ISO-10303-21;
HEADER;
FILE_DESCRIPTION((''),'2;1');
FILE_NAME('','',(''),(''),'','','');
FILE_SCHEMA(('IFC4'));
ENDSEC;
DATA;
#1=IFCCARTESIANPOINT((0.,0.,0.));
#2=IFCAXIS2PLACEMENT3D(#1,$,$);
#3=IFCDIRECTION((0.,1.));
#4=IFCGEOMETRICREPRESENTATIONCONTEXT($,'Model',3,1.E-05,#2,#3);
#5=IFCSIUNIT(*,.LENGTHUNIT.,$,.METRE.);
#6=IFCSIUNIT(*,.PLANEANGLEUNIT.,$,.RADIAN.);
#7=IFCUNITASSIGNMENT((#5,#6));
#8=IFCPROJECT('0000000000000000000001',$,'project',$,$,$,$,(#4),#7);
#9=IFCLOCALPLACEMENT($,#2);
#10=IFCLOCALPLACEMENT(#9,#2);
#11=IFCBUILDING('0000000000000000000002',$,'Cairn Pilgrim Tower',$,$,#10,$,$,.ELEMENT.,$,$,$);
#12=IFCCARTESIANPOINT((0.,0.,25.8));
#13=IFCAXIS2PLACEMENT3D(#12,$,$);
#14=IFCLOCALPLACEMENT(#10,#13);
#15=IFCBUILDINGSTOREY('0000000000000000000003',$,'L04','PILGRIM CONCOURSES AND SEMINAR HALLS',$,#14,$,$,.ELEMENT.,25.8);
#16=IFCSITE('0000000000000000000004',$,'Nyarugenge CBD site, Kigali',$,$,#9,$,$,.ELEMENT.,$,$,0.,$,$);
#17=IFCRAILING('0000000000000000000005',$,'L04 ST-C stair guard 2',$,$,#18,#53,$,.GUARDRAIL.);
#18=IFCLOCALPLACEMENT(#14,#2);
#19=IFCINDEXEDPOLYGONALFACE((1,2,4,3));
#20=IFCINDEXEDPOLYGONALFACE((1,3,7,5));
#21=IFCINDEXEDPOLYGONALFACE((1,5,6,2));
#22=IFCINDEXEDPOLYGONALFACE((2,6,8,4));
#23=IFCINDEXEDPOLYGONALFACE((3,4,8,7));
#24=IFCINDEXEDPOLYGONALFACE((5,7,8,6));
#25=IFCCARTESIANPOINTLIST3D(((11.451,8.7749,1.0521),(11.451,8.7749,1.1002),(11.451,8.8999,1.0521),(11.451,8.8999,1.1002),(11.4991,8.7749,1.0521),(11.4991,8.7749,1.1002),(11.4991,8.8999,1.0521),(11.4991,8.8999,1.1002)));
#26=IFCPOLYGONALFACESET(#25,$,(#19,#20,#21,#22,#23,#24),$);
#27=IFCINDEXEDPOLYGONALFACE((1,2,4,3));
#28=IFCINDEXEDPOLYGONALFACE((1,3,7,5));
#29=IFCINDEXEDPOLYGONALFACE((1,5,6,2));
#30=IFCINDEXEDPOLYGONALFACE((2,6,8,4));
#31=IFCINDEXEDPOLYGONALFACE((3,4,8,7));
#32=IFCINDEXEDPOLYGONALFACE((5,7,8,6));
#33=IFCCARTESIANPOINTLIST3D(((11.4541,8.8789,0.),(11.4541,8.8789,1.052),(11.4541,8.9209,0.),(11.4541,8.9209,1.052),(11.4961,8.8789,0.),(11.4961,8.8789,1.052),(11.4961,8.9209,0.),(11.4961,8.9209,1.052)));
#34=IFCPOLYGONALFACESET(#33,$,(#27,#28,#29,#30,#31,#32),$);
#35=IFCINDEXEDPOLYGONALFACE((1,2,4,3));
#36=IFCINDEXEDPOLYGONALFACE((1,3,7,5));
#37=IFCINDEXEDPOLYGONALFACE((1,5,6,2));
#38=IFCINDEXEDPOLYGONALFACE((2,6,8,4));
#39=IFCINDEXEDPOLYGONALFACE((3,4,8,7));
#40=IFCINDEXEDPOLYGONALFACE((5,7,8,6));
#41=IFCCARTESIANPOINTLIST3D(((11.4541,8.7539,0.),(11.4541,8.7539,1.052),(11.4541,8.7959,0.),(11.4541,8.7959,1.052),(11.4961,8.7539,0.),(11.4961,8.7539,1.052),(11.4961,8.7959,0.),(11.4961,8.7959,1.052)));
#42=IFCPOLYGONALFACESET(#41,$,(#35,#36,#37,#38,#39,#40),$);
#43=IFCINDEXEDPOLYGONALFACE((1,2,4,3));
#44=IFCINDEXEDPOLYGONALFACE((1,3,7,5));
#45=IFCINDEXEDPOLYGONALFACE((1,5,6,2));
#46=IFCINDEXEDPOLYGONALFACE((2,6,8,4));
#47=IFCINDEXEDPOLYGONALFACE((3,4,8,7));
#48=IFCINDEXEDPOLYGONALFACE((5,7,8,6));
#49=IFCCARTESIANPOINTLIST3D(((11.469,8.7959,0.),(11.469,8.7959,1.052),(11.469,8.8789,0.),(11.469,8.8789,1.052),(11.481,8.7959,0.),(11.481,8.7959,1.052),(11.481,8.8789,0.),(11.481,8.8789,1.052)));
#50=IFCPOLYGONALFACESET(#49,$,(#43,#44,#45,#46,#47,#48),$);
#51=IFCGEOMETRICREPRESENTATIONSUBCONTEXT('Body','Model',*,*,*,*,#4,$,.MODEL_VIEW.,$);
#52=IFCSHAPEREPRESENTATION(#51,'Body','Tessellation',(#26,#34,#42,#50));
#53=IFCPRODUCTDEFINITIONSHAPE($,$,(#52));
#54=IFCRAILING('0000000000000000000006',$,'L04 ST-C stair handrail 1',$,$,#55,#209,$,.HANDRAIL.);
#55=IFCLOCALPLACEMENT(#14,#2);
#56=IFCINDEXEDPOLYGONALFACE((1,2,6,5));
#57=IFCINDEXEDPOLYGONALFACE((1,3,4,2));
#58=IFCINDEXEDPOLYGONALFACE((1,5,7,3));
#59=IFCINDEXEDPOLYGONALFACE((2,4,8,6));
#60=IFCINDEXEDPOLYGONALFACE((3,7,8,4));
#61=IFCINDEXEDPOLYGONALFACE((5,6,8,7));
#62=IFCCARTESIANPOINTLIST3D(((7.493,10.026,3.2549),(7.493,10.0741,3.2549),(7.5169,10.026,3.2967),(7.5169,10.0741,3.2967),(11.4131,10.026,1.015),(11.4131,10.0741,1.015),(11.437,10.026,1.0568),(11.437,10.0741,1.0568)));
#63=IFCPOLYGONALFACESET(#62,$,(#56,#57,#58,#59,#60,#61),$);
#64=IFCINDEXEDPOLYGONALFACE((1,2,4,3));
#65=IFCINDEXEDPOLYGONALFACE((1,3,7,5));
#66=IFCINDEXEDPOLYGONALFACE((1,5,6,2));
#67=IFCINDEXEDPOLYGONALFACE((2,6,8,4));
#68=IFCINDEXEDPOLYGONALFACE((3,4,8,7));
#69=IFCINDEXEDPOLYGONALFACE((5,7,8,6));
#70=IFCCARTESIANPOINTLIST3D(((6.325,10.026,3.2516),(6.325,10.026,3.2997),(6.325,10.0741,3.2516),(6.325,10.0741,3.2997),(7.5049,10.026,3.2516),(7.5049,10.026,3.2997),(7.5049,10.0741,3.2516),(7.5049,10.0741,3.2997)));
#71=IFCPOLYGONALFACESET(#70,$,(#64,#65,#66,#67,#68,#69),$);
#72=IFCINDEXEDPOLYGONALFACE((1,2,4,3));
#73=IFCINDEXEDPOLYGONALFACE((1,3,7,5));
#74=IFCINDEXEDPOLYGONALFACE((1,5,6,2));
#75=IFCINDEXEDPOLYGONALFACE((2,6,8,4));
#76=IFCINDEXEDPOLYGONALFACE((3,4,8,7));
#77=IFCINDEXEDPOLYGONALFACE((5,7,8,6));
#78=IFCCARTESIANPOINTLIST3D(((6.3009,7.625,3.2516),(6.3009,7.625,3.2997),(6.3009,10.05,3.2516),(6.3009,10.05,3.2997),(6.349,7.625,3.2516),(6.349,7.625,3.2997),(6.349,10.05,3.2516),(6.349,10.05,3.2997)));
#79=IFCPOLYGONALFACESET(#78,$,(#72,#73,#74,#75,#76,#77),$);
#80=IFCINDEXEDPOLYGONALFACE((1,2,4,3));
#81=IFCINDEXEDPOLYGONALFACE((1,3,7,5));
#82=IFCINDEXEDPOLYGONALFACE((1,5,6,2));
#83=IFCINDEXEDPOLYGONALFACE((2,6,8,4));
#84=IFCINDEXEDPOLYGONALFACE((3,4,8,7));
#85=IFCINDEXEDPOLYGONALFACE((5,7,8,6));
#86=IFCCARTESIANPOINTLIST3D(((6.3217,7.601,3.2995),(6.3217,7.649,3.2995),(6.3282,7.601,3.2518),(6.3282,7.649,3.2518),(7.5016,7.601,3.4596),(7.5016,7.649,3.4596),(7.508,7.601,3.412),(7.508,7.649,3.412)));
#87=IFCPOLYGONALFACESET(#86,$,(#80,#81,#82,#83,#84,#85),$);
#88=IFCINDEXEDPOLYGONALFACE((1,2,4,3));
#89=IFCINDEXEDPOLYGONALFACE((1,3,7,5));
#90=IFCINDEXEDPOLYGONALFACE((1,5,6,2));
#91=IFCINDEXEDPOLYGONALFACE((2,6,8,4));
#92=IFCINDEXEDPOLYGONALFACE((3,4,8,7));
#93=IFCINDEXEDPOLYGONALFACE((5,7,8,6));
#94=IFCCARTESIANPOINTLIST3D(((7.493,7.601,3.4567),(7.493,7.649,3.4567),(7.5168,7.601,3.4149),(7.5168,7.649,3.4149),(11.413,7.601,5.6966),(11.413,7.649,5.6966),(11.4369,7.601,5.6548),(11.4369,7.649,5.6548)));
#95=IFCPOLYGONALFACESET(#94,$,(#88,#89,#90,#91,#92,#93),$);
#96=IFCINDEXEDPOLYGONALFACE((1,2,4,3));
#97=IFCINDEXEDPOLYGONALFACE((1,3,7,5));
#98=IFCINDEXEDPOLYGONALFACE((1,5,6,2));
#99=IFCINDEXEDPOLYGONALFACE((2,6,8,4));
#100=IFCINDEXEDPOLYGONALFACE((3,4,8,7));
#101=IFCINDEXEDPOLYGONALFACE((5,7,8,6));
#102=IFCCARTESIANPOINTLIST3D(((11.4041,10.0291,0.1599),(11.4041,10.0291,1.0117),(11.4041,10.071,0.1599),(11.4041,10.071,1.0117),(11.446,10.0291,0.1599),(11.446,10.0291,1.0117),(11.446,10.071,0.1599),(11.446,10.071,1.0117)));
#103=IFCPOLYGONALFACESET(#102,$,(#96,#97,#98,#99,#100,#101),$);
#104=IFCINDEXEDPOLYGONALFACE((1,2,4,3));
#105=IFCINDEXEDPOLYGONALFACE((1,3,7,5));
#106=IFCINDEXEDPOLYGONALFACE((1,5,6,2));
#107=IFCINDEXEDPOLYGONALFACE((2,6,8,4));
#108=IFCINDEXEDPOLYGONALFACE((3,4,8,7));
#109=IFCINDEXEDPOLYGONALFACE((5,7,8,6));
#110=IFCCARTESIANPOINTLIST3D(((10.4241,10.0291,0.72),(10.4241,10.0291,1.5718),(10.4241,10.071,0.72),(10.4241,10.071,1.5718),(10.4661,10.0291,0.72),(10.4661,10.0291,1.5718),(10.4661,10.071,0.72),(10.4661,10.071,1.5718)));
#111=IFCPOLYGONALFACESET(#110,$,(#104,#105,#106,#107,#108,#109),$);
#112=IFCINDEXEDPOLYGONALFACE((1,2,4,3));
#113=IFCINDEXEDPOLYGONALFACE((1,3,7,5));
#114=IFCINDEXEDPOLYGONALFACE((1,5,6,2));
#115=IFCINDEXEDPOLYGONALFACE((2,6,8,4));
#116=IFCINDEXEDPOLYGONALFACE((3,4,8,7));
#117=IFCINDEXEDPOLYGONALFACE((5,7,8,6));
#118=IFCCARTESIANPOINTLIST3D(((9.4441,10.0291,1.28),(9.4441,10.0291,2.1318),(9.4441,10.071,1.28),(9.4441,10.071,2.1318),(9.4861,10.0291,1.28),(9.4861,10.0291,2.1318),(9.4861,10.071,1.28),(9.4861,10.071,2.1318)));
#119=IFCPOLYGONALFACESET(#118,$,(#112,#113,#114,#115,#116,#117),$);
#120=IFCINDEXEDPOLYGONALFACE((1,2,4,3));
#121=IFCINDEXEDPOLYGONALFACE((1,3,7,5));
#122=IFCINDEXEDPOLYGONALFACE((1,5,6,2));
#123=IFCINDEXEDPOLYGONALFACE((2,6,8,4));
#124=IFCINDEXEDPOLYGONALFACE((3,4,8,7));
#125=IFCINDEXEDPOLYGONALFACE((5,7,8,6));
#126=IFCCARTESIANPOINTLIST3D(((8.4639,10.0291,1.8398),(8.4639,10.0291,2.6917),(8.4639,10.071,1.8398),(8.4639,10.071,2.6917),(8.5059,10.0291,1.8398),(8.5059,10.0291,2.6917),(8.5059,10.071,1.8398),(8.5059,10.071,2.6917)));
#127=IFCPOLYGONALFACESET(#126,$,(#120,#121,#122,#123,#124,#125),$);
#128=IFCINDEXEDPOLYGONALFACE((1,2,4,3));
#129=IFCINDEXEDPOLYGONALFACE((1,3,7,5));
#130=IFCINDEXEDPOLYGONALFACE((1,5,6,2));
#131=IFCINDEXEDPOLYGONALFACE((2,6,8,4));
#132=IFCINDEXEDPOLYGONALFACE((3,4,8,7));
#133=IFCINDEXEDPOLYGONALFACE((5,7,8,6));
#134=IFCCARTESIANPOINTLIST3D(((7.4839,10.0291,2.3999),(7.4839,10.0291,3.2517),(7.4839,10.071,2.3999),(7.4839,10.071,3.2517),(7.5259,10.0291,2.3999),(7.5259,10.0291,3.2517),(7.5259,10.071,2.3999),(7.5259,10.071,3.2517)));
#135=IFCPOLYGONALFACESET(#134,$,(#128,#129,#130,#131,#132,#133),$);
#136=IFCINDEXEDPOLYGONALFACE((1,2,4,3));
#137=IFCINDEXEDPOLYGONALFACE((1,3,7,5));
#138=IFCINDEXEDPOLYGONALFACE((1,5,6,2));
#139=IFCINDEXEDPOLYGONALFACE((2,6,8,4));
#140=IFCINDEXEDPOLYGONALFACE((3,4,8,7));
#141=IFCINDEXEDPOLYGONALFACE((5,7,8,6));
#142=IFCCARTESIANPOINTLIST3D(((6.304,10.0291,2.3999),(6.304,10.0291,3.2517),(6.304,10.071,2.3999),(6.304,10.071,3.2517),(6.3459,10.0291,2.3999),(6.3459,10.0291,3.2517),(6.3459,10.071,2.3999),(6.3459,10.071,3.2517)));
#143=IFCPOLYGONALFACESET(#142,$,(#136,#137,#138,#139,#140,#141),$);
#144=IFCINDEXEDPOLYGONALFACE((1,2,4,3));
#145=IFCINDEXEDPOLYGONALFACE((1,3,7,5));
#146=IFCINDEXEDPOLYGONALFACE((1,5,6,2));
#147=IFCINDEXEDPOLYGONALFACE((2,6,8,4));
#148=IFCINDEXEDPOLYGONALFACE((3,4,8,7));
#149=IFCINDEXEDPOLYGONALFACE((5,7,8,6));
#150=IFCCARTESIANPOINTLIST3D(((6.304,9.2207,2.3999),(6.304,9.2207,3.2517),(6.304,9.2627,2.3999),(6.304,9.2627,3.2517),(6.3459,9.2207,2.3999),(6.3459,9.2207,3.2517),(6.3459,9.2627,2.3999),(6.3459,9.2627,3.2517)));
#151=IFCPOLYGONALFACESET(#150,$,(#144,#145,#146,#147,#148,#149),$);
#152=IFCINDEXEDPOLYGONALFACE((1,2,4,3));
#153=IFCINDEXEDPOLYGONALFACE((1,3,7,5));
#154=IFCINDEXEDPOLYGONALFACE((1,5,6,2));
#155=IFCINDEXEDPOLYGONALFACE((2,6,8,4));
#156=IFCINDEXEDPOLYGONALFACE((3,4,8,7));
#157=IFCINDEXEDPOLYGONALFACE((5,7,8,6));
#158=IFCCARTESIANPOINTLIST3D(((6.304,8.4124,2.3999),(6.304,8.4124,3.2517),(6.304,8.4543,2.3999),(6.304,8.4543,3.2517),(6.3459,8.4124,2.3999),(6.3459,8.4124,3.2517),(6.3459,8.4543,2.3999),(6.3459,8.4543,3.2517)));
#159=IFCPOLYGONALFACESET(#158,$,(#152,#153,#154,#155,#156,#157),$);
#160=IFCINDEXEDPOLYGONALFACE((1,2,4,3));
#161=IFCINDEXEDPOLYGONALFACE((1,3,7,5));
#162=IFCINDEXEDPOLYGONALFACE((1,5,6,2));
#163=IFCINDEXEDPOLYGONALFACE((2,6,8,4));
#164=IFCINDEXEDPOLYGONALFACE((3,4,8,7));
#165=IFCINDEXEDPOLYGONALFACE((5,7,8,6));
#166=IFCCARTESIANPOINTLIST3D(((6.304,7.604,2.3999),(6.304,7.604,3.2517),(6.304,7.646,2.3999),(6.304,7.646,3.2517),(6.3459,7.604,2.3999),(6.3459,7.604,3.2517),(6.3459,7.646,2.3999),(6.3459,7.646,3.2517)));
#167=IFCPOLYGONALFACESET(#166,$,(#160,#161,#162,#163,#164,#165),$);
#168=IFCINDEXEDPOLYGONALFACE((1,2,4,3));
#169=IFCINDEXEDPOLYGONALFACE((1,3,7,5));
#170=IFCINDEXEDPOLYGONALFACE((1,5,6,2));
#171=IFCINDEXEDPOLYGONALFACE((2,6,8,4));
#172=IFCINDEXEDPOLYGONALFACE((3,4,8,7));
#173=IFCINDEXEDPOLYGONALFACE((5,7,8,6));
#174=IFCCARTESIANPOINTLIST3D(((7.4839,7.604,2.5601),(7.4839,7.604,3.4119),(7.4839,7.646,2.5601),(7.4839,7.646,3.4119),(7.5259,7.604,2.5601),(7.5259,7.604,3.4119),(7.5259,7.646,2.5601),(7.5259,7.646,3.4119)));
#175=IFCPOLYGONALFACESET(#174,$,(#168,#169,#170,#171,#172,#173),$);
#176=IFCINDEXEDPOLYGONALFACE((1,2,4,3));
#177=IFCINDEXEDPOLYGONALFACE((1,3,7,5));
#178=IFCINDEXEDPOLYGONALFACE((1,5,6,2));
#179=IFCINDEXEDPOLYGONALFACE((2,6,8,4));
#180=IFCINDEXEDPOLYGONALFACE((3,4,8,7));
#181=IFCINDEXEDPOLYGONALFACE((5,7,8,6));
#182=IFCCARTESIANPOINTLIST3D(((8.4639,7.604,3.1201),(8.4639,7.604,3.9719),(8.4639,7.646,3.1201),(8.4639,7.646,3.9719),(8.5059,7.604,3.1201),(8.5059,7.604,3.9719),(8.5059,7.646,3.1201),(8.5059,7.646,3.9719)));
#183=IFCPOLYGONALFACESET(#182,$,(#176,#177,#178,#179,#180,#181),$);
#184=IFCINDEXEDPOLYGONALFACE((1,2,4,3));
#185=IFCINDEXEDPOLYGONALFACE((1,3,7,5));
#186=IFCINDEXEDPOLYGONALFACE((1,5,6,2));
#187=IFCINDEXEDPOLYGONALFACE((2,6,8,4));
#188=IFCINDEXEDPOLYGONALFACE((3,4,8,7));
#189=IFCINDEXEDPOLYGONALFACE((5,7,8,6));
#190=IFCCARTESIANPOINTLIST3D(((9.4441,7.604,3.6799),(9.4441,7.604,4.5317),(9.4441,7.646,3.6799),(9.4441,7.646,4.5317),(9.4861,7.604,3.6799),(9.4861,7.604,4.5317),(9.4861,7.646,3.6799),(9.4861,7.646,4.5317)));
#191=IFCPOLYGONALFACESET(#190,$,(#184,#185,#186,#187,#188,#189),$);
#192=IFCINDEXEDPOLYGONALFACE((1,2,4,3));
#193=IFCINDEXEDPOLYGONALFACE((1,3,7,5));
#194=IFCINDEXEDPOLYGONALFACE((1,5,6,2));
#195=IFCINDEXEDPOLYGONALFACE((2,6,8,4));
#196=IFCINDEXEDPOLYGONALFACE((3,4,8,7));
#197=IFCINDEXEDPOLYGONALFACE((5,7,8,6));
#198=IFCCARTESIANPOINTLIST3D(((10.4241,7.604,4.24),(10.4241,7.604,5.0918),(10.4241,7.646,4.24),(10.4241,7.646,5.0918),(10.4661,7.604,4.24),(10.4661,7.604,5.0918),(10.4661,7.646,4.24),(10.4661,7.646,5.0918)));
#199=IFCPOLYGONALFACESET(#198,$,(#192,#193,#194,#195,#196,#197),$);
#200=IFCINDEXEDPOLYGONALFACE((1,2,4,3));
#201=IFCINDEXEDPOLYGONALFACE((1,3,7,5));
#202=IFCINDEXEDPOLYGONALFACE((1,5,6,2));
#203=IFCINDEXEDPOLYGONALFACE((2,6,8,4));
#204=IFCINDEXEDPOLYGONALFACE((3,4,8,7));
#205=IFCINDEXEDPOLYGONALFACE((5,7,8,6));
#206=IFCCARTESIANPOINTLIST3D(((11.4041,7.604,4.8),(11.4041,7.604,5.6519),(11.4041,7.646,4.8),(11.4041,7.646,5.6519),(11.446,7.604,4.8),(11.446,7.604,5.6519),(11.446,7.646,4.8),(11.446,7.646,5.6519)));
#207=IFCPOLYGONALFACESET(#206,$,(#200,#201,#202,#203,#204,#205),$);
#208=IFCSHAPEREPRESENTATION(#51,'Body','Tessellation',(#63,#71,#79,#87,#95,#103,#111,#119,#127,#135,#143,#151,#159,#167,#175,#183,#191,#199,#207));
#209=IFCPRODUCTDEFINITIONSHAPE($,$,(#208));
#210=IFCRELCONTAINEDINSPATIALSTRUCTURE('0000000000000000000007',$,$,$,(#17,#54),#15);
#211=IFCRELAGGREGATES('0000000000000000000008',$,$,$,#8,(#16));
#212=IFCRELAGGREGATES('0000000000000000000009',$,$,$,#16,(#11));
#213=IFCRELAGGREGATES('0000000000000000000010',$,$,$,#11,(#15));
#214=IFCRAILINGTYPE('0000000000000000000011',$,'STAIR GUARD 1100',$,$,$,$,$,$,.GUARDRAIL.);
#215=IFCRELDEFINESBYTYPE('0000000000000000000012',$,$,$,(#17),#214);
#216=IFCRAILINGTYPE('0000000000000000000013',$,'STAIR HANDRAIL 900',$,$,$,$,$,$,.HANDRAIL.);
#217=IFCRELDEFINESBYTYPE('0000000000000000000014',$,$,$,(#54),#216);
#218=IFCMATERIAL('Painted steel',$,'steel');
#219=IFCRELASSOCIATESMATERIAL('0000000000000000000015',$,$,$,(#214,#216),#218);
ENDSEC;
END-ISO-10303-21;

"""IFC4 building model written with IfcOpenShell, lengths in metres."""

from ifc_helpers import new_model, si_unit, direction, frame, origin, origin_2d, place, context, subcontext, project, spatial, polyline, rectangle, outline, extrude, material, type_object, element, save


model = new_model("IFC4")

# Units and contexts
model_context = context("Model", 3, precision=1e-05, world=origin(), true_north=direction((0.0, 1.0)))
body_context = subcontext(model_context, "Body", "Model", "MODEL_VIEW")
ifc_project = project(units=[si_unit("LENGTHUNIT", "METRE"), si_unit("PLANEANGLEUNIT", "RADIAN")], contexts=[model_context])

# Site, building, storey
site_placement = place(None, origin())
site = spatial("IfcSite", under=ifc_project, at=site_placement, Name="Nyarugenge CBD site, Kigali", CompositionType="ELEMENT", RefElevation=0.0)
building_placement = place(site_placement, origin())
building = spatial("IfcBuilding", under=site, at=building_placement, Name="Cairn Pilgrim Tower", CompositionType="ELEMENT")
storey_placement = place(building_placement, frame((0.0, 0.0, 25.8)))
storey = spatial("IfcBuildingStorey", under=building, at=storey_placement, Name="L04", Description="PILGRIM CONCOURSES AND SEMINAR HALLS", CompositionType="ELEMENT", Elevation=25.8)

# Shared definitions
ifc_material_1 = material(Name="Painted steel", Category="steel")

# Railings
railing_type_1 = type_object("IfcRailingType", Name="STAIR GUARD 1100", PredefinedType="GUARDRAIL", material=ifc_material_1)
railing_1_placement = place(storey_placement, frame((11.4751, 8.8999, 0.0)))
element("IfcRailing", 1, at=railing_1_placement, inside=storey, type_object=railing_type_1, Name="L04 ST-C stair guard 2", PredefinedType="GUARDRAIL", context=body_context, shape_type="SweptSolid", body=[
    extrude(rectangle(XDim=0.0481, YDim=0.0481, at=origin_2d()), frame((0.0, 0.0, 1.0762), z_axis=(0.0, -1.0, 0.0), x_axis=(1.0, 0.0, 0.0)), (0.0, 0.0, 1.0), 0.125),
    extrude(rectangle(XDim=0.042, YDim=0.042, at=origin_2d()), origin(), (0.0, 0.0, 1.0), 1.052),
    extrude(rectangle(XDim=0.042, YDim=0.042, at=origin_2d()), frame((0.0, -0.125, 0.0)), (0.0, 0.0, 1.0), 1.052),
    extrude(outline(polyline([(0.021, 0.0), (0.104, 0.0), (0.104, 1.052), (0.021, 1.052), (0.021, 0.0)])), frame((0.0059, 0.0, 0.0), z_axis=(-1.0, 0.0, 0.0), x_axis=(0.0, -1.0, 0.0)), (0.0, 0.0, 1.0), 0.012),
])
railing_type_2 = type_object("IfcRailingType", Name="STAIR HANDRAIL 900", PredefinedType="HANDRAIL", material=ifc_material_1)
railing_2_placement = place(storey_placement, frame((11.425, 10.05, 0.1599)))
element("IfcRailing", 2, at=railing_2_placement, inside=storey, type_object=railing_type_2, Name="L04 ST-C stair handrail 1", PredefinedType="HANDRAIL", context=body_context, shape_type="SweptSolid", body=[
    extrude(rectangle(XDim=0.0481, YDim=0.0481, at=origin_2d()), frame((0.0, 0.0, 0.876), z_axis=(-0.868253, 0.0, 0.496121), x_axis=(0.0, -1.0, 0.0)), (0.0, 0.0, 1.0), 4.5149),
    extrude(rectangle(XDim=0.0481, YDim=0.0481, at=origin_2d()), frame((-3.9202, 0.0, 3.1157), z_axis=(-1.0, 0.0, 0.0), x_axis=(0.0, -1.0, 0.0)), (0.0, 0.0, 1.0), 1.1799),
    extrude(rectangle(XDim=0.0481, YDim=0.0481, at=origin_2d()), frame((-5.1001, 0.0, 3.1157), z_axis=(0.0, -1.0, 0.0), x_axis=(1.0, 0.0, 0.0)), (0.0, 0.0, 1.0), 2.425),
    extrude(rectangle(XDim=0.0481, YDim=0.0481, at=origin_2d()), frame((-5.1001, -2.425, 3.1157), z_axis=(0.990914, 0.0, 0.1345), x_axis=(0.0, 1.0, 0.0)), (0.0, 0.0, 1.0), 1.1907),
    extrude(rectangle(XDim=0.0481, YDim=0.0481, at=origin_2d()), frame((-3.9202, -2.425, 3.2759), z_axis=(0.868253, 0.0, 0.496121), x_axis=(0.0, 1.0, 0.0)), (0.0, 0.0, 1.0), 4.5149),
    extrude(rectangle(XDim=0.042, YDim=0.042, at=origin_2d()), origin(), (0.0, 0.0, 1.0), 0.8518),
    extrude(rectangle(XDim=0.042, YDim=0.042, at=origin_2d()), frame((-0.98, 0.0, 0.5601)), (0.0, 0.0, 1.0), 0.8518),
    extrude(rectangle(XDim=0.042, YDim=0.042, at=origin_2d()), frame((-1.96, 0.0, 1.1201)), (0.0, 0.0, 1.0), 0.8518),
    extrude(rectangle(XDim=0.042, YDim=0.042, at=origin_2d()), frame((-2.9402, 0.0, 1.6799)), (0.0, 0.0, 1.0), 0.8518),
    extrude(rectangle(XDim=0.042, YDim=0.042, at=origin_2d()), frame((-3.9202, 0.0, 2.24)), (0.0, 0.0, 1.0), 0.8518),
    extrude(rectangle(XDim=0.042, YDim=0.042, at=origin_2d()), frame((-5.1001, 0.0, 2.24)), (0.0, 0.0, 1.0), 0.8518),
    extrude(rectangle(XDim=0.042, YDim=0.042, at=origin_2d()), frame((-5.1001, -0.8083, 2.24)), (0.0, 0.0, 1.0), 0.8518),
    extrude(rectangle(XDim=0.042, YDim=0.042, at=origin_2d()), frame((-5.1001, -1.6167, 2.24)), (0.0, 0.0, 1.0), 0.8518),
    extrude(rectangle(XDim=0.042, YDim=0.042, at=origin_2d()), frame((-5.1001, -2.425, 2.24)), (0.0, 0.0, 1.0), 0.8518),
    extrude(rectangle(XDim=0.042, YDim=0.042, at=origin_2d()), frame((-3.9202, -2.425, 2.4001)), (0.0, 0.0, 1.0), 0.8518),
    extrude(rectangle(XDim=0.042, YDim=0.042, at=origin_2d()), frame((-2.9402, -2.425, 2.9602)), (0.0, 0.0, 1.0), 0.8518),
    extrude(rectangle(XDim=0.042, YDim=0.042, at=origin_2d()), frame((-1.96, -2.425, 3.52)), (0.0, 0.0, 1.0), 0.8518),
    extrude(rectangle(XDim=0.042, YDim=0.042, at=origin_2d()), frame((-0.98, -2.425, 4.0801)), (0.0, 0.0, 1.0), 0.8518),
    extrude(rectangle(XDim=0.042, YDim=0.042, at=origin_2d()), frame((0.0, -2.425, 4.6401)), (0.0, 0.0, 1.0), 0.8518),
])

save(model, "model.ifc")
